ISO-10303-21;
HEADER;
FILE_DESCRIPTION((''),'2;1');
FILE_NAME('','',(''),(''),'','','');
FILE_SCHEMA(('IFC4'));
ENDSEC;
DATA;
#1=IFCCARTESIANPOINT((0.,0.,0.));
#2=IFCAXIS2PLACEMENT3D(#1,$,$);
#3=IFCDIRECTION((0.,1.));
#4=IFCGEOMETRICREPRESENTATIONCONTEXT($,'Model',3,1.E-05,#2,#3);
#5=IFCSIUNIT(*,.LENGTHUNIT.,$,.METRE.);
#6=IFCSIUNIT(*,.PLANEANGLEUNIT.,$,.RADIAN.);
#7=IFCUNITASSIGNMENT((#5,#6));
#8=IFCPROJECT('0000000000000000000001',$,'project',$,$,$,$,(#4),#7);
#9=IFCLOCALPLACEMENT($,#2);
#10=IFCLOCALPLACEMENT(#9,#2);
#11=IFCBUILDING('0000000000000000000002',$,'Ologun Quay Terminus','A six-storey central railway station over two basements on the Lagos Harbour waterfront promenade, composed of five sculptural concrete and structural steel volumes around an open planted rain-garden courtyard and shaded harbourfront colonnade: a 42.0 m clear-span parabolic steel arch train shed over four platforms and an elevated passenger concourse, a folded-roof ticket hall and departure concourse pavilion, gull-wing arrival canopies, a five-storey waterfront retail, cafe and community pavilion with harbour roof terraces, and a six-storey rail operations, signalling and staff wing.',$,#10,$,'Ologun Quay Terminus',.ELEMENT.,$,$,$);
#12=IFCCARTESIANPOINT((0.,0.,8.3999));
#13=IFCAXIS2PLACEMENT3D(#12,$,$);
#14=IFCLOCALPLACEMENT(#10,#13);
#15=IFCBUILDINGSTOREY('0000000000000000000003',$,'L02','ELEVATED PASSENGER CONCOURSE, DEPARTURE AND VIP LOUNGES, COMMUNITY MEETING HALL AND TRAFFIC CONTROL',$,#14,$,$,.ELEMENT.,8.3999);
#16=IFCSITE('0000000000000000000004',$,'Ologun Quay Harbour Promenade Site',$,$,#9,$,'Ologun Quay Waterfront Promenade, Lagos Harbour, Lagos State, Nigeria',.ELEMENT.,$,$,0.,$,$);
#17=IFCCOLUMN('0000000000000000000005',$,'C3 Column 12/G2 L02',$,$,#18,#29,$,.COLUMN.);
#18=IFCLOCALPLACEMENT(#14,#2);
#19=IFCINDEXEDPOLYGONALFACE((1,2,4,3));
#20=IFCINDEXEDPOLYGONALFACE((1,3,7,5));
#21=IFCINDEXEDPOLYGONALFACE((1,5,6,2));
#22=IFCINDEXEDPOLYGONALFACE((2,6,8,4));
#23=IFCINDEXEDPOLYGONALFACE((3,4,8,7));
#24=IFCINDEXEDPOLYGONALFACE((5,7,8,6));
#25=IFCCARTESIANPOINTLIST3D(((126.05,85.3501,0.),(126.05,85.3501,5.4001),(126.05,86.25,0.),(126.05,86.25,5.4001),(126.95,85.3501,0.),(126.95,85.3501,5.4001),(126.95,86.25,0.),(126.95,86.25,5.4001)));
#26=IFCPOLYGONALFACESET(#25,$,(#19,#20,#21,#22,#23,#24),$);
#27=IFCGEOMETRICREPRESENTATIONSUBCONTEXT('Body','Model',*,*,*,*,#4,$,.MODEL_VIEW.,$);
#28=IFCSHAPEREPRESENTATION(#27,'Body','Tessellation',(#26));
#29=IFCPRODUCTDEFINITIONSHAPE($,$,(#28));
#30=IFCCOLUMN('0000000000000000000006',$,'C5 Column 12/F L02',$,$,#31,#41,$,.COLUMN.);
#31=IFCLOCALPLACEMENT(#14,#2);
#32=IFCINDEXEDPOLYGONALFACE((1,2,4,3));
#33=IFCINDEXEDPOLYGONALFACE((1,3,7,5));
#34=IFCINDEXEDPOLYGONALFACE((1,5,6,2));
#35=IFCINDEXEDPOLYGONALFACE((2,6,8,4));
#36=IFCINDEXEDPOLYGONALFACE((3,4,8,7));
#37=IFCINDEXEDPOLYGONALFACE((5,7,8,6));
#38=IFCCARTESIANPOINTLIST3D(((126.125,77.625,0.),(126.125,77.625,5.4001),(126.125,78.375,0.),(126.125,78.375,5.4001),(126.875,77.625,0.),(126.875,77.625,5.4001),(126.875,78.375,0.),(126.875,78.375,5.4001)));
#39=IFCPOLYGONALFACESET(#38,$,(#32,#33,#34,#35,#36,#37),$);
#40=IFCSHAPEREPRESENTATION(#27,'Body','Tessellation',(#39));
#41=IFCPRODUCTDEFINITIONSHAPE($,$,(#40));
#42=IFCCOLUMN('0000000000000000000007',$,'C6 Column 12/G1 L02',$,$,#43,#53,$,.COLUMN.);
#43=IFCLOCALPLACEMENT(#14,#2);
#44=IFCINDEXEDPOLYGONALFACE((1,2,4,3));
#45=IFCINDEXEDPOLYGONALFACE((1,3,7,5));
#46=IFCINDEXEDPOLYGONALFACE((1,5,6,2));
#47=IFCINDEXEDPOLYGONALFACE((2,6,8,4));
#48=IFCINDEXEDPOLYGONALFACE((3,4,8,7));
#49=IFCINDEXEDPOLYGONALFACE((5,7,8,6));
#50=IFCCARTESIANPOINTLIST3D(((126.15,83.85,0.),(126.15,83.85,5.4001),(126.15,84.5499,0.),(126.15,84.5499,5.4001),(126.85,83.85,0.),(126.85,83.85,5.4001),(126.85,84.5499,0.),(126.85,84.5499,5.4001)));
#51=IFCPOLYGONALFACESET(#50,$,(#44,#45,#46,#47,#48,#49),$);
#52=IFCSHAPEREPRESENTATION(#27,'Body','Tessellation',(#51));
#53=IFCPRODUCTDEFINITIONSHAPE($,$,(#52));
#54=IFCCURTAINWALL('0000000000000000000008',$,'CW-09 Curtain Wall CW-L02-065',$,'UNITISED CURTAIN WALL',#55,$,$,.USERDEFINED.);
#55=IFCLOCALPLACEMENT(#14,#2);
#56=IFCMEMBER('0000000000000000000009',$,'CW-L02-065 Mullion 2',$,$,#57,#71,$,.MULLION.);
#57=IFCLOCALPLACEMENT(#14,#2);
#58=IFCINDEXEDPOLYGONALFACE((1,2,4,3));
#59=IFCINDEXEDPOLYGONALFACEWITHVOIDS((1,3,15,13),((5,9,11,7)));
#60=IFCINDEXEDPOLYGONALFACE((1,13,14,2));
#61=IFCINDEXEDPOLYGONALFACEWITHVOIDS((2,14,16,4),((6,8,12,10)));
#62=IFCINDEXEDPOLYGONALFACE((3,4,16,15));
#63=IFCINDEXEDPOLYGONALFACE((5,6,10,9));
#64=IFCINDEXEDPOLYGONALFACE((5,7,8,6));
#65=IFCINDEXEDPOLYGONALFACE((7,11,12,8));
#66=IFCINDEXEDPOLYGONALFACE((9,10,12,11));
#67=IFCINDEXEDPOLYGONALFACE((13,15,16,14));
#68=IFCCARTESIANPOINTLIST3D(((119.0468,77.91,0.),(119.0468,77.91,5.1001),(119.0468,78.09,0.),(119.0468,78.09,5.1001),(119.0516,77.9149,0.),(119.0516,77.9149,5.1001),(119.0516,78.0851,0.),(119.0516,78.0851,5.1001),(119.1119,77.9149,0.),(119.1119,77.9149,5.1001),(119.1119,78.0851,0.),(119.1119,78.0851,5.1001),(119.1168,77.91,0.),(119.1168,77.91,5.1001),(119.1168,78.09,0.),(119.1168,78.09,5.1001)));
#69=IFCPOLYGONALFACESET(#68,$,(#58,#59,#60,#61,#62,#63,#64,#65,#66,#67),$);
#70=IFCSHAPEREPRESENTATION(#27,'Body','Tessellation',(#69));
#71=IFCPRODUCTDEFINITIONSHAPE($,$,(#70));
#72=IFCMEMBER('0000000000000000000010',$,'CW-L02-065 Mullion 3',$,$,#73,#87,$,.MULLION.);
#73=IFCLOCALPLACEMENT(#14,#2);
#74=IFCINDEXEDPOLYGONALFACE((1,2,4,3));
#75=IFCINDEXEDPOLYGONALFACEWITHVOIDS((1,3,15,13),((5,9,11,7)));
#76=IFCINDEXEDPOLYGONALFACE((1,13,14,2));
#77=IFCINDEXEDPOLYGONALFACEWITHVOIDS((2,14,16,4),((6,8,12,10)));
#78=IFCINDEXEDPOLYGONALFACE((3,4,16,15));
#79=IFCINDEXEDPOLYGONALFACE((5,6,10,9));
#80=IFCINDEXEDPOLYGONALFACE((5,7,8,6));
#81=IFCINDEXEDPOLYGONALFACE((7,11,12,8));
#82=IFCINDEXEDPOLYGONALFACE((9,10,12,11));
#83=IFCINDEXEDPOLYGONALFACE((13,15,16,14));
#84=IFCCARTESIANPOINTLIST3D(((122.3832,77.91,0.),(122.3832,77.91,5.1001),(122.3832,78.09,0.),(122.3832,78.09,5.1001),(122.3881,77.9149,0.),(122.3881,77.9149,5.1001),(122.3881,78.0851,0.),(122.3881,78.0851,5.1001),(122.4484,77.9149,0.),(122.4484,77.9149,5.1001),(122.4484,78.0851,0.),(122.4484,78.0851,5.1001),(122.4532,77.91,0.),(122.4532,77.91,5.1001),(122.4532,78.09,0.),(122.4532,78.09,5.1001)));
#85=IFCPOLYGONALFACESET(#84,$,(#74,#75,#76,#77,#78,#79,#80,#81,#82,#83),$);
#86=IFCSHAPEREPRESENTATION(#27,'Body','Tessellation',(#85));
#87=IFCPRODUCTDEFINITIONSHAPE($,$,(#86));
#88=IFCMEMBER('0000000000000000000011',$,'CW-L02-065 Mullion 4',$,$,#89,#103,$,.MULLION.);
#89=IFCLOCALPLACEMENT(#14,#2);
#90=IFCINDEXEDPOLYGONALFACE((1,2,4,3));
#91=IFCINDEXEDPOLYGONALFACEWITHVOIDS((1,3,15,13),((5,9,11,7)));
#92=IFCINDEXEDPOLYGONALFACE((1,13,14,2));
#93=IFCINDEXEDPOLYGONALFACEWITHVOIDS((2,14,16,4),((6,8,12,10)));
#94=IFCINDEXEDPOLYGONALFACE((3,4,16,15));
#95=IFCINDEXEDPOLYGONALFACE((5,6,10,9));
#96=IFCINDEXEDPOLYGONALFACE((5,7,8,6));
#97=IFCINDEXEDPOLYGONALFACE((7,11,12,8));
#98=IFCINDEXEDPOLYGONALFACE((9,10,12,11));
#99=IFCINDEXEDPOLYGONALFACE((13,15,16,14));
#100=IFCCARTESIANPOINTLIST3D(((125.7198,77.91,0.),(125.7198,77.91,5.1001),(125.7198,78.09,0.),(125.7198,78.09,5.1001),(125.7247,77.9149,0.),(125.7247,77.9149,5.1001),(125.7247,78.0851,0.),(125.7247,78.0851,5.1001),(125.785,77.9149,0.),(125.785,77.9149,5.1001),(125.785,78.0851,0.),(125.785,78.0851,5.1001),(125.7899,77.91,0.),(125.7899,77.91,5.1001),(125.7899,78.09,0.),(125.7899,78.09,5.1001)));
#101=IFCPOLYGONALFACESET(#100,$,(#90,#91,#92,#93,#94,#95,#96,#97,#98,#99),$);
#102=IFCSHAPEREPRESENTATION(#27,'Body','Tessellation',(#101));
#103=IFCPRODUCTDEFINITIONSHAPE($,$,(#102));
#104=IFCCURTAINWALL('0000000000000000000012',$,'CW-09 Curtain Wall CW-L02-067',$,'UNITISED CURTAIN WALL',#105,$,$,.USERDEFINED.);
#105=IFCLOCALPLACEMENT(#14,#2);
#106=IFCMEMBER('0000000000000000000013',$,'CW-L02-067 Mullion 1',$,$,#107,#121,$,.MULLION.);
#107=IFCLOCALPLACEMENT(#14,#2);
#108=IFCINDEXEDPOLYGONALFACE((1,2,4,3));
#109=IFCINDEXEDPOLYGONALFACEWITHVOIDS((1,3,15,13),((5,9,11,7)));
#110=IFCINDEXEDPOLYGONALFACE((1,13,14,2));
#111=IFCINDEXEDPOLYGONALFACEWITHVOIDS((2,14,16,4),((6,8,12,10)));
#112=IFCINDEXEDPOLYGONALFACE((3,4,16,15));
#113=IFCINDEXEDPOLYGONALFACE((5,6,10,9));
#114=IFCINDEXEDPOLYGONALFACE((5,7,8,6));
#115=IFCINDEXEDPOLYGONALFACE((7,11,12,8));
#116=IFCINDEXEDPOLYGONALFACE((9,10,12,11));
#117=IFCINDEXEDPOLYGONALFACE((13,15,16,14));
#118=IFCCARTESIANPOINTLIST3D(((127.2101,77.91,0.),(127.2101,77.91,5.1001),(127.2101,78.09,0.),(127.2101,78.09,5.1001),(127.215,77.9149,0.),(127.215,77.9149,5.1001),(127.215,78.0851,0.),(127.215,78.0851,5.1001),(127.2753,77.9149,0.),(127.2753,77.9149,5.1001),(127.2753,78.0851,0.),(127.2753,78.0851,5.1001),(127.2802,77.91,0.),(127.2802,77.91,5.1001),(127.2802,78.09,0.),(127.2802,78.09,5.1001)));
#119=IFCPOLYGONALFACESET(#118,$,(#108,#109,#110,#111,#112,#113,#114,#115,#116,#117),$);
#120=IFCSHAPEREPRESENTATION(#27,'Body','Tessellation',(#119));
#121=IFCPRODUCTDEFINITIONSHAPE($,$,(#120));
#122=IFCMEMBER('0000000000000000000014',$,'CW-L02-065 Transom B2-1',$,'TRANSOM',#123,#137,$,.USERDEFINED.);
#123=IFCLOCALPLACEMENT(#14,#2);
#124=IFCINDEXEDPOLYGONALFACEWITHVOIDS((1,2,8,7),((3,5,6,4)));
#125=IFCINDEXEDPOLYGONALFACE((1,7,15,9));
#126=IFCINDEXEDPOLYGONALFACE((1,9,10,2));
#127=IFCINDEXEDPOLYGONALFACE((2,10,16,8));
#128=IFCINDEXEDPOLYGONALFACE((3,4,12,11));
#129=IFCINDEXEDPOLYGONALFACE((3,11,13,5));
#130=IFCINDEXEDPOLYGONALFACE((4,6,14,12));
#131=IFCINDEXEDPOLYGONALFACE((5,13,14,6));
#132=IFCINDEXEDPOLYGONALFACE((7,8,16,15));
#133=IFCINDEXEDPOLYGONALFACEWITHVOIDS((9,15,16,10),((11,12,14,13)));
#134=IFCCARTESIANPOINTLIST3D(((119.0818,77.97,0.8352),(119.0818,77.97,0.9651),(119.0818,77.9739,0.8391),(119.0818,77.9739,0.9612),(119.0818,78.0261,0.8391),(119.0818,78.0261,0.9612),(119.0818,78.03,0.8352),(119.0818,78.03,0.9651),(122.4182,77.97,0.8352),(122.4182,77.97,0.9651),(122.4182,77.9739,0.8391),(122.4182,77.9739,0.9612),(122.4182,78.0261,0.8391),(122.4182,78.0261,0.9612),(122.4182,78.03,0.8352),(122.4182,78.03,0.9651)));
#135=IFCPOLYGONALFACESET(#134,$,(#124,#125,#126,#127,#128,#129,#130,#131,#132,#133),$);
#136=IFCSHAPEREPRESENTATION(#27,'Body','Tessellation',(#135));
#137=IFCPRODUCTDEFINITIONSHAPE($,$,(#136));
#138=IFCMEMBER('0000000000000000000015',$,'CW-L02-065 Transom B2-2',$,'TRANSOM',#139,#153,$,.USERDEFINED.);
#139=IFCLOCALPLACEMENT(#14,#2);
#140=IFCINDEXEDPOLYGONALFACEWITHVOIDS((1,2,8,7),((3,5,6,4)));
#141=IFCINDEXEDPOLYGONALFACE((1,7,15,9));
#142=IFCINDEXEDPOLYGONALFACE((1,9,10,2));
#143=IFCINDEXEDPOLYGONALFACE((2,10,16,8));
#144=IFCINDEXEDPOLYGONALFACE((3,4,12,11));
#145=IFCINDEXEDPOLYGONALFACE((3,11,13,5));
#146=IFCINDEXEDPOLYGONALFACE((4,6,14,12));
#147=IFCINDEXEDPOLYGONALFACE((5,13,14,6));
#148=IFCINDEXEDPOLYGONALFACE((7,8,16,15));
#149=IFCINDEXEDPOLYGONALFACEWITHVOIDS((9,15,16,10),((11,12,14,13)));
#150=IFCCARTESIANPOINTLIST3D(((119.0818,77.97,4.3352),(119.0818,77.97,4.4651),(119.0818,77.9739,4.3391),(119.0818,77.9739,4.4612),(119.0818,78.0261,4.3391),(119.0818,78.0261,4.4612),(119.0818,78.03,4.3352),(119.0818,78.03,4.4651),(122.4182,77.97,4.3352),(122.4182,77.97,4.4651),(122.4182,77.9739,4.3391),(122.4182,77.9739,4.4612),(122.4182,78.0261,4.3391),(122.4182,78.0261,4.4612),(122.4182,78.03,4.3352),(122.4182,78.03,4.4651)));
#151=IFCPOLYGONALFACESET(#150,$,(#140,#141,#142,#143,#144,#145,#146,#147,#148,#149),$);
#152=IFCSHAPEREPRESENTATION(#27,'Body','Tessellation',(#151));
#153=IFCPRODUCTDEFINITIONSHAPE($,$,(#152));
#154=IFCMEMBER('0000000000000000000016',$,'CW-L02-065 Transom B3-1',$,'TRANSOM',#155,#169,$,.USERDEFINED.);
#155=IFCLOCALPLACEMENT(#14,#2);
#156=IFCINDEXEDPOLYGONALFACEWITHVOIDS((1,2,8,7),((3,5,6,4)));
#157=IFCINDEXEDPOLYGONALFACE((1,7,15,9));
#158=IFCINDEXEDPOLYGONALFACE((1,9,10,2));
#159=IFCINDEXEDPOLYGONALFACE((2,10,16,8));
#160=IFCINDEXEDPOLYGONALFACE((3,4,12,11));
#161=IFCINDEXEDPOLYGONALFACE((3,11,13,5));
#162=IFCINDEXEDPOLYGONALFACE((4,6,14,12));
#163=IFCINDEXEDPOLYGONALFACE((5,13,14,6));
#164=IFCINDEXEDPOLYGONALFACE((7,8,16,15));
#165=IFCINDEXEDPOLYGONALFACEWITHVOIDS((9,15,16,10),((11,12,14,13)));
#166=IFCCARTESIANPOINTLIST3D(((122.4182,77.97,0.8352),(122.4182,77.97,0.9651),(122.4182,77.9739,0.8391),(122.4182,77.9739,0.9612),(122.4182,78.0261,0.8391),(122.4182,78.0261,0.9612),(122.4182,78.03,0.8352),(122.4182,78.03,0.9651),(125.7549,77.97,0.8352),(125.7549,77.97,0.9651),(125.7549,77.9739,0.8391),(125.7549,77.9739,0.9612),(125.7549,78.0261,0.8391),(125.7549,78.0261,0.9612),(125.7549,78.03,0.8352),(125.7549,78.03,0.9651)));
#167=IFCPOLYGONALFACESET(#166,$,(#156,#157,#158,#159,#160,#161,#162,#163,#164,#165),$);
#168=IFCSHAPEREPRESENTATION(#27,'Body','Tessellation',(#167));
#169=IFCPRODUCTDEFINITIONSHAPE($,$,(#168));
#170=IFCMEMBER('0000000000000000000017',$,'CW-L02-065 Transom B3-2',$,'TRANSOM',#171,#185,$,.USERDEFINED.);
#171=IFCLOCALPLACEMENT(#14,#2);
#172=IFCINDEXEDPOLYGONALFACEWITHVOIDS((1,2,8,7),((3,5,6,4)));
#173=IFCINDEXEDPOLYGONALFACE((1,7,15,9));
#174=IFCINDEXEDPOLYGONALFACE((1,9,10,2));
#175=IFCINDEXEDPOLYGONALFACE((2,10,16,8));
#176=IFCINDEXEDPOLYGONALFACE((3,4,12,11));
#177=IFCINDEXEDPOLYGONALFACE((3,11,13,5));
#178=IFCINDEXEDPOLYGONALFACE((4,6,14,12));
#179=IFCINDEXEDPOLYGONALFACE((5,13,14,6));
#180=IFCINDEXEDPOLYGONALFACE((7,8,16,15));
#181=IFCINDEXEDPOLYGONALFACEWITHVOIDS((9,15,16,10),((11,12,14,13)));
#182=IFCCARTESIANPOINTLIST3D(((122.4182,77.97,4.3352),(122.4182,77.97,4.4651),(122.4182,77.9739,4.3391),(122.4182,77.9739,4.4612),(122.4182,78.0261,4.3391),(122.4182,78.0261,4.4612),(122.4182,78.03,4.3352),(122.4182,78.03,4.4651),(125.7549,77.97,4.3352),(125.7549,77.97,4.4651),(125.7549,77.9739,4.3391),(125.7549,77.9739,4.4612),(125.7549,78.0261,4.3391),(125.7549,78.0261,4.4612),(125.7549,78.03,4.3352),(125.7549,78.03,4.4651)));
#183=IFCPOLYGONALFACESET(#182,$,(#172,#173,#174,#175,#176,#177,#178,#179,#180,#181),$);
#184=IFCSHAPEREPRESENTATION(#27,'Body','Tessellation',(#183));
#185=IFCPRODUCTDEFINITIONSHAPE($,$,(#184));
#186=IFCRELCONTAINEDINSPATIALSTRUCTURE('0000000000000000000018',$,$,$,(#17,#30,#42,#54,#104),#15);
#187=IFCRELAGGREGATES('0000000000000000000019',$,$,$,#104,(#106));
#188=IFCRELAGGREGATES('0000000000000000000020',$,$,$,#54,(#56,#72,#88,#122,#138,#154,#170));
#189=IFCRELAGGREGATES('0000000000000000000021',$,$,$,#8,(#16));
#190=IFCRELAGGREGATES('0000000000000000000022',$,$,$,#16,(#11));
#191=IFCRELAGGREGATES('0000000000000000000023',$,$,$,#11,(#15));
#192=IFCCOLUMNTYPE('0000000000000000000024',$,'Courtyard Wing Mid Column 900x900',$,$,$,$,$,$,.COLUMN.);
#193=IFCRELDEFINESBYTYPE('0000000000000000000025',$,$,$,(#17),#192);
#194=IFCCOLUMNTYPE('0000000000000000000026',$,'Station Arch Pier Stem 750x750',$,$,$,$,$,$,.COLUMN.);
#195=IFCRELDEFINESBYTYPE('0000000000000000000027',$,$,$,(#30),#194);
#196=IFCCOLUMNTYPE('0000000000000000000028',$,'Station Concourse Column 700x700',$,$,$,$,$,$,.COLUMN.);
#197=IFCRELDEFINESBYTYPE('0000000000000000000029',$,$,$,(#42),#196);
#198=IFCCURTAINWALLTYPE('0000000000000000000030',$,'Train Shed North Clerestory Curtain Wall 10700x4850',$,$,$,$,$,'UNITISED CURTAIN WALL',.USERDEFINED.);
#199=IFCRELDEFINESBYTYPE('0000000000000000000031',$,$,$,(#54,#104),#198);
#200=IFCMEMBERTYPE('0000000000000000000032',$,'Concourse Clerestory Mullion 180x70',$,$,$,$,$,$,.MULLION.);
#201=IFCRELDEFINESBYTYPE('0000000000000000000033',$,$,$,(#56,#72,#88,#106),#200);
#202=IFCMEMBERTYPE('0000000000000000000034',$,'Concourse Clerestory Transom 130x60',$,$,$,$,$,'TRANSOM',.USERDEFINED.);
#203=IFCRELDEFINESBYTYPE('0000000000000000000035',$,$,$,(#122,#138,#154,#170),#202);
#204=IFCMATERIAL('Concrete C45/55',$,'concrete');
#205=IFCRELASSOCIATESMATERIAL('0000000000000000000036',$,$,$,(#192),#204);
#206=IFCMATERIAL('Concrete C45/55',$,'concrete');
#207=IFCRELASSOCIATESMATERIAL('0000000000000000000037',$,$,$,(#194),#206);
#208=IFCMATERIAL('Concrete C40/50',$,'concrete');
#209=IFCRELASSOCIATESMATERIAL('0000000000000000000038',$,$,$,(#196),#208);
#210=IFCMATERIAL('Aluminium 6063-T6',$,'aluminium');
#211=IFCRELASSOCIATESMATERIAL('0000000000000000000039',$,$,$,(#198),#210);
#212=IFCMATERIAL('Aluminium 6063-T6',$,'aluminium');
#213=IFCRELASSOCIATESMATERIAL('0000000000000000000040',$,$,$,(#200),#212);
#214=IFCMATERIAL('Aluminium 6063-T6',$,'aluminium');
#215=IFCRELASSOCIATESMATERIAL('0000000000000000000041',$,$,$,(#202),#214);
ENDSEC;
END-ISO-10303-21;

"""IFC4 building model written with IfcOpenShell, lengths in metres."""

from ifc_helpers import new_model, si_unit, direction, frame, origin, origin_2d, place, context, subcontext, project, spatial, rectangle, hollow_rectangle, extrude, material, material_profile, profile_set, type_object, element, aggregate, save


model = new_model("IFC4")

# Units and contexts
model_context = context("Model", 3, precision=1e-05, world=origin(), true_north=direction((0.0, 1.0)))
body_context = subcontext(model_context, "Body", "Model", "MODEL_VIEW")
ifc_project = project(units=[si_unit("LENGTHUNIT", "METRE"), si_unit("PLANEANGLEUNIT", "RADIAN")], contexts=[model_context])

# Site, building, storey
site_placement = place(None, origin())
site = spatial("IfcSite", under=ifc_project, at=site_placement, Name="Ologun Quay Harbour Promenade Site", LongName="Ologun Quay Waterfront Promenade, Lagos Harbour, Lagos State, Nigeria", CompositionType="ELEMENT", RefElevation=0.0)
building_placement = place(site_placement, origin())
building = spatial("IfcBuilding", under=site, at=building_placement, Name="Ologun Quay Terminus", Description="A six-storey central railway station over two basements on the Lagos Harbour waterfront promenade, composed of five sculptural concrete and structural steel volumes around an open planted rain-garden courtyard and shaded harbourfront colonnade: a 42.0 m clear-span parabolic steel arch train shed over four platforms and an elevated passenger concourse, a folded-roof ticket hall and departure concourse pavilion, gull-wing arrival canopies, a five-storey waterfront retail, cafe and community pavilion with harbour roof terraces, and a six-storey rail operations, signalling and staff wing.", LongName="Ologun Quay Terminus", CompositionType="ELEMENT")
storey_placement = place(building_placement, frame((0.0, 0.0, 8.3999)))
storey = spatial("IfcBuildingStorey", under=building, at=storey_placement, Name="L02", Description="ELEVATED PASSENGER CONCOURSE, DEPARTURE AND VIP LOUNGES, COMMUNITY MEETING HALL AND TRAFFIC CONTROL", CompositionType="ELEMENT", Elevation=8.3999)

# Columns
ifc_material_1 = material(Name="Concrete C45/55", Category="concrete")
ifc_material_profile_1 = material_profile(ifc_material_1, rectangle(XDim=0.8999, YDim=0.8999, at=origin_2d()), Name="RC 900x900")
ifc_profile_set_1 = profile_set([ifc_material_profile_1], Name="Concrete C45/55")
column_type_1 = type_object("IfcColumnType", Name="Courtyard Wing Mid Column 900x900", PredefinedType="COLUMN", material=ifc_profile_set_1)
column_1_placement = place(storey_placement, frame((126.5, 85.8, 0.0), z_axis=(0.0, 0.0, 1.0), x_axis=(1.0, 0.0, 0.0)))
element("IfcColumn", 1, at=column_1_placement, inside=storey, type_object=column_type_1, Name="C3 Column 12/G2 L02", PredefinedType="COLUMN", context=body_context, shape_type="SweptSolid", body=[
    extrude(rectangle(XDim=0.8999, YDim=0.8999, at=origin_2d()), origin(), (0.0, 0.0, 1.0), 5.4001),
])
ifc_material_2 = material(Name="Concrete C45/55", Category="concrete")
ifc_material_profile_2 = material_profile(ifc_material_2, rectangle(XDim=0.75, YDim=0.75, at=origin_2d()), Name="RC 750x750")
ifc_profile_set_2 = profile_set([ifc_material_profile_2], Name="Concrete C45/55")
column_type_2 = type_object("IfcColumnType", Name="Station Arch Pier Stem 750x750", PredefinedType="COLUMN", material=ifc_profile_set_2)
column_2_placement = place(storey_placement, frame((126.5, 78.0, 0.0), z_axis=(0.0, 0.0, 1.0), x_axis=(1.0, 0.0, 0.0)))
element("IfcColumn", 2, at=column_2_placement, inside=storey, type_object=column_type_2, Name="C5 Column 12/F L02", PredefinedType="COLUMN", context=body_context, shape_type="SweptSolid", body=[
    extrude(rectangle(XDim=0.75, YDim=0.75, at=origin_2d()), origin(), (0.0, 0.0, 1.0), 5.4001),
])
ifc_material_3 = material(Name="Concrete C40/50", Category="concrete")
ifc_material_profile_3 = material_profile(ifc_material_3, rectangle(XDim=0.7, YDim=0.7, at=origin_2d()), Name="RC 700x700")
ifc_profile_set_3 = profile_set([ifc_material_profile_3], Name="Concrete C40/50")
column_type_3 = type_object("IfcColumnType", Name="Station Concourse Column 700x700", PredefinedType="COLUMN", material=ifc_profile_set_3)
column_3_placement = place(storey_placement, frame((126.5, 84.2, 0.0), z_axis=(0.0, 0.0, 1.0), x_axis=(1.0, 0.0, 0.0)))
element("IfcColumn", 3, at=column_3_placement, inside=storey, type_object=column_type_3, Name="C6 Column 12/G1 L02", PredefinedType="COLUMN", context=body_context, shape_type="SweptSolid", body=[
    extrude(rectangle(XDim=0.7, YDim=0.7, at=origin_2d()), origin(), (0.0, 0.0, 1.0), 5.4001),
])

# Curtain wall, members
ifc_material_4 = material(Name="Aluminium 6063-T6", Category="aluminium")
curtain_wall_type_1 = type_object("IfcCurtainWallType", Name="Train Shed North Clerestory Curtain Wall 10700x4850", ElementType="UNITISED CURTAIN WALL", PredefinedType="USERDEFINED", material=ifc_material_4)
curtain_wall_1_placement = place(storey_placement, origin())
curtain_wall_1 = element("IfcCurtainWall", 4, at=curtain_wall_1_placement, inside=storey, type_object=curtain_wall_type_1, Name="CW-09 Curtain Wall CW-L02-065", ObjectType="UNITISED CURTAIN WALL", PredefinedType="USERDEFINED")
ifc_material_5 = material(Name="Aluminium 6063-T6", Category="aluminium")
ifc_material_profile_4 = material_profile(ifc_material_5, hollow_rectangle(XDim=0.0701, YDim=0.1799, WallThickness=0.0049, at=origin_2d()), Name="ALU 180x70x5")
ifc_profile_set_4 = profile_set([ifc_material_profile_4], Name="Aluminium 6063-T6")
member_type_1 = type_object("IfcMemberType", Name="Concourse Clerestory Mullion 180x70", PredefinedType="MULLION", material=ifc_profile_set_4)
member_1_placement = place(storey_placement, frame((119.0818, 78.0, 0.0), z_axis=(0.0, 0.0, 1.0), x_axis=(1.0, 0.0, 0.0)))
member_1 = element("IfcMember", 5, at=member_1_placement, type_object=member_type_1, Name="CW-L02-065 Mullion 2", PredefinedType="MULLION", context=body_context, shape_type="SweptSolid", body=[
    extrude(hollow_rectangle(XDim=0.0701, YDim=0.1799, WallThickness=0.0049, at=origin_2d()), origin(), (0.0, 0.0, 1.0), 5.1001),
])
member_2_placement = place(storey_placement, frame((122.4182, 78.0, 0.0), z_axis=(0.0, 0.0, 1.0), x_axis=(1.0, 0.0, 0.0)))
member_2 = element("IfcMember", 6, at=member_2_placement, type_object=member_type_1, Name="CW-L02-065 Mullion 3", PredefinedType="MULLION", context=body_context, shape_type="SweptSolid", body=[
    extrude(hollow_rectangle(XDim=0.0701, YDim=0.1799, WallThickness=0.0049, at=origin_2d()), origin(), (0.0, 0.0, 1.0), 5.1001),
])
member_3_placement = place(storey_placement, frame((125.7549, 78.0, 0.0), z_axis=(0.0, 0.0, 1.0), x_axis=(1.0, 0.0, 0.0)))
member_3 = element("IfcMember", 7, at=member_3_placement, type_object=member_type_1, Name="CW-L02-065 Mullion 4", PredefinedType="MULLION", context=body_context, shape_type="SweptSolid", body=[
    extrude(hollow_rectangle(XDim=0.0701, YDim=0.1799, WallThickness=0.0049, at=origin_2d()), origin(), (0.0, 0.0, 1.0), 5.1001),
])

# Curtain wall, member
curtain_wall_2_placement = place(storey_placement, origin())
curtain_wall_2 = element("IfcCurtainWall", 8, at=curtain_wall_2_placement, inside=storey, type_object=curtain_wall_type_1, Name="CW-09 Curtain Wall CW-L02-067", ObjectType="UNITISED CURTAIN WALL", PredefinedType="USERDEFINED")
member_4_placement = place(storey_placement, frame((127.2451, 78.0, 0.0), z_axis=(0.0, 0.0, 1.0), x_axis=(1.0, 0.0, 0.0)))
member_4 = element("IfcMember", 9, at=member_4_placement, type_object=member_type_1, Name="CW-L02-067 Mullion 1", PredefinedType="MULLION", context=body_context, shape_type="SweptSolid", body=[
    extrude(hollow_rectangle(XDim=0.0701, YDim=0.1799, WallThickness=0.0049, at=origin_2d()), origin(), (0.0, 0.0, 1.0), 5.1001),
])

# Members
ifc_material_6 = material(Name="Aluminium 6063-T6", Category="aluminium")
ifc_material_profile_5 = material_profile(ifc_material_6, hollow_rectangle(XDim=0.0601, YDim=0.1299, WallThickness=0.0039, at=origin_2d()), Name="ALU 130x60x4")
ifc_profile_set_5 = profile_set([ifc_material_profile_5], Name="Aluminium 6063-T6")
member_type_2 = type_object("IfcMemberType", Name="Concourse Clerestory Transom 130x60", ElementType="TRANSOM", PredefinedType="USERDEFINED", material=ifc_profile_set_5)
member_5_placement = place(storey_placement, frame((119.0818, 78.0, 0.9001), z_axis=(1.0, 0.0, 0.0), x_axis=(0.0, 1.0, 0.0)))
member_5 = element("IfcMember", 10, at=member_5_placement, type_object=member_type_2, Name="CW-L02-065 Transom B2-1", ObjectType="TRANSOM", PredefinedType="USERDEFINED", context=body_context, shape_type="SweptSolid", body=[
    extrude(hollow_rectangle(XDim=0.0601, YDim=0.1299, WallThickness=0.0039, at=origin_2d()), origin(), (0.0, 0.0, 1.0), 3.3364),
])
member_6_placement = place(storey_placement, frame((119.0818, 78.0, 4.4001), z_axis=(1.0, 0.0, 0.0), x_axis=(0.0, 1.0, 0.0)))
member_6 = element("IfcMember", 11, at=member_6_placement, type_object=member_type_2, Name="CW-L02-065 Transom B2-2", ObjectType="TRANSOM", PredefinedType="USERDEFINED", context=body_context, shape_type="SweptSolid", body=[
    extrude(hollow_rectangle(XDim=0.0601, YDim=0.1299, WallThickness=0.0039, at=origin_2d()), origin(), (0.0, 0.0, 1.0), 3.3364),
])
member_7_placement = place(storey_placement, frame((122.4182, 78.0, 0.9001), z_axis=(1.0, 0.0, 0.0), x_axis=(0.0, 1.0, 0.0)))
member_7 = element("IfcMember", 12, at=member_7_placement, type_object=member_type_2, Name="CW-L02-065 Transom B3-1", ObjectType="TRANSOM", PredefinedType="USERDEFINED", context=body_context, shape_type="SweptSolid", body=[
    extrude(hollow_rectangle(XDim=0.0601, YDim=0.1299, WallThickness=0.0039, at=origin_2d()), origin(), (0.0, 0.0, 1.0), 3.3367),
])
member_8_placement = place(storey_placement, frame((122.4182, 78.0, 4.4001), z_axis=(1.0, 0.0, 0.0), x_axis=(0.0, 1.0, 0.0)))
member_8 = element("IfcMember", 13, at=member_8_placement, type_object=member_type_2, Name="CW-L02-065 Transom B3-2", ObjectType="TRANSOM", PredefinedType="USERDEFINED", context=body_context, shape_type="SweptSolid", body=[
    extrude(hollow_rectangle(XDim=0.0601, YDim=0.1299, WallThickness=0.0039, at=origin_2d()), origin(), (0.0, 0.0, 1.0), 3.3367),
])
aggregate(curtain_wall_2, [member_4])

aggregate(curtain_wall_1, [member_1, member_2, member_3, member_5, member_6, member_7, member_8])

save(model, "model.ifc")
